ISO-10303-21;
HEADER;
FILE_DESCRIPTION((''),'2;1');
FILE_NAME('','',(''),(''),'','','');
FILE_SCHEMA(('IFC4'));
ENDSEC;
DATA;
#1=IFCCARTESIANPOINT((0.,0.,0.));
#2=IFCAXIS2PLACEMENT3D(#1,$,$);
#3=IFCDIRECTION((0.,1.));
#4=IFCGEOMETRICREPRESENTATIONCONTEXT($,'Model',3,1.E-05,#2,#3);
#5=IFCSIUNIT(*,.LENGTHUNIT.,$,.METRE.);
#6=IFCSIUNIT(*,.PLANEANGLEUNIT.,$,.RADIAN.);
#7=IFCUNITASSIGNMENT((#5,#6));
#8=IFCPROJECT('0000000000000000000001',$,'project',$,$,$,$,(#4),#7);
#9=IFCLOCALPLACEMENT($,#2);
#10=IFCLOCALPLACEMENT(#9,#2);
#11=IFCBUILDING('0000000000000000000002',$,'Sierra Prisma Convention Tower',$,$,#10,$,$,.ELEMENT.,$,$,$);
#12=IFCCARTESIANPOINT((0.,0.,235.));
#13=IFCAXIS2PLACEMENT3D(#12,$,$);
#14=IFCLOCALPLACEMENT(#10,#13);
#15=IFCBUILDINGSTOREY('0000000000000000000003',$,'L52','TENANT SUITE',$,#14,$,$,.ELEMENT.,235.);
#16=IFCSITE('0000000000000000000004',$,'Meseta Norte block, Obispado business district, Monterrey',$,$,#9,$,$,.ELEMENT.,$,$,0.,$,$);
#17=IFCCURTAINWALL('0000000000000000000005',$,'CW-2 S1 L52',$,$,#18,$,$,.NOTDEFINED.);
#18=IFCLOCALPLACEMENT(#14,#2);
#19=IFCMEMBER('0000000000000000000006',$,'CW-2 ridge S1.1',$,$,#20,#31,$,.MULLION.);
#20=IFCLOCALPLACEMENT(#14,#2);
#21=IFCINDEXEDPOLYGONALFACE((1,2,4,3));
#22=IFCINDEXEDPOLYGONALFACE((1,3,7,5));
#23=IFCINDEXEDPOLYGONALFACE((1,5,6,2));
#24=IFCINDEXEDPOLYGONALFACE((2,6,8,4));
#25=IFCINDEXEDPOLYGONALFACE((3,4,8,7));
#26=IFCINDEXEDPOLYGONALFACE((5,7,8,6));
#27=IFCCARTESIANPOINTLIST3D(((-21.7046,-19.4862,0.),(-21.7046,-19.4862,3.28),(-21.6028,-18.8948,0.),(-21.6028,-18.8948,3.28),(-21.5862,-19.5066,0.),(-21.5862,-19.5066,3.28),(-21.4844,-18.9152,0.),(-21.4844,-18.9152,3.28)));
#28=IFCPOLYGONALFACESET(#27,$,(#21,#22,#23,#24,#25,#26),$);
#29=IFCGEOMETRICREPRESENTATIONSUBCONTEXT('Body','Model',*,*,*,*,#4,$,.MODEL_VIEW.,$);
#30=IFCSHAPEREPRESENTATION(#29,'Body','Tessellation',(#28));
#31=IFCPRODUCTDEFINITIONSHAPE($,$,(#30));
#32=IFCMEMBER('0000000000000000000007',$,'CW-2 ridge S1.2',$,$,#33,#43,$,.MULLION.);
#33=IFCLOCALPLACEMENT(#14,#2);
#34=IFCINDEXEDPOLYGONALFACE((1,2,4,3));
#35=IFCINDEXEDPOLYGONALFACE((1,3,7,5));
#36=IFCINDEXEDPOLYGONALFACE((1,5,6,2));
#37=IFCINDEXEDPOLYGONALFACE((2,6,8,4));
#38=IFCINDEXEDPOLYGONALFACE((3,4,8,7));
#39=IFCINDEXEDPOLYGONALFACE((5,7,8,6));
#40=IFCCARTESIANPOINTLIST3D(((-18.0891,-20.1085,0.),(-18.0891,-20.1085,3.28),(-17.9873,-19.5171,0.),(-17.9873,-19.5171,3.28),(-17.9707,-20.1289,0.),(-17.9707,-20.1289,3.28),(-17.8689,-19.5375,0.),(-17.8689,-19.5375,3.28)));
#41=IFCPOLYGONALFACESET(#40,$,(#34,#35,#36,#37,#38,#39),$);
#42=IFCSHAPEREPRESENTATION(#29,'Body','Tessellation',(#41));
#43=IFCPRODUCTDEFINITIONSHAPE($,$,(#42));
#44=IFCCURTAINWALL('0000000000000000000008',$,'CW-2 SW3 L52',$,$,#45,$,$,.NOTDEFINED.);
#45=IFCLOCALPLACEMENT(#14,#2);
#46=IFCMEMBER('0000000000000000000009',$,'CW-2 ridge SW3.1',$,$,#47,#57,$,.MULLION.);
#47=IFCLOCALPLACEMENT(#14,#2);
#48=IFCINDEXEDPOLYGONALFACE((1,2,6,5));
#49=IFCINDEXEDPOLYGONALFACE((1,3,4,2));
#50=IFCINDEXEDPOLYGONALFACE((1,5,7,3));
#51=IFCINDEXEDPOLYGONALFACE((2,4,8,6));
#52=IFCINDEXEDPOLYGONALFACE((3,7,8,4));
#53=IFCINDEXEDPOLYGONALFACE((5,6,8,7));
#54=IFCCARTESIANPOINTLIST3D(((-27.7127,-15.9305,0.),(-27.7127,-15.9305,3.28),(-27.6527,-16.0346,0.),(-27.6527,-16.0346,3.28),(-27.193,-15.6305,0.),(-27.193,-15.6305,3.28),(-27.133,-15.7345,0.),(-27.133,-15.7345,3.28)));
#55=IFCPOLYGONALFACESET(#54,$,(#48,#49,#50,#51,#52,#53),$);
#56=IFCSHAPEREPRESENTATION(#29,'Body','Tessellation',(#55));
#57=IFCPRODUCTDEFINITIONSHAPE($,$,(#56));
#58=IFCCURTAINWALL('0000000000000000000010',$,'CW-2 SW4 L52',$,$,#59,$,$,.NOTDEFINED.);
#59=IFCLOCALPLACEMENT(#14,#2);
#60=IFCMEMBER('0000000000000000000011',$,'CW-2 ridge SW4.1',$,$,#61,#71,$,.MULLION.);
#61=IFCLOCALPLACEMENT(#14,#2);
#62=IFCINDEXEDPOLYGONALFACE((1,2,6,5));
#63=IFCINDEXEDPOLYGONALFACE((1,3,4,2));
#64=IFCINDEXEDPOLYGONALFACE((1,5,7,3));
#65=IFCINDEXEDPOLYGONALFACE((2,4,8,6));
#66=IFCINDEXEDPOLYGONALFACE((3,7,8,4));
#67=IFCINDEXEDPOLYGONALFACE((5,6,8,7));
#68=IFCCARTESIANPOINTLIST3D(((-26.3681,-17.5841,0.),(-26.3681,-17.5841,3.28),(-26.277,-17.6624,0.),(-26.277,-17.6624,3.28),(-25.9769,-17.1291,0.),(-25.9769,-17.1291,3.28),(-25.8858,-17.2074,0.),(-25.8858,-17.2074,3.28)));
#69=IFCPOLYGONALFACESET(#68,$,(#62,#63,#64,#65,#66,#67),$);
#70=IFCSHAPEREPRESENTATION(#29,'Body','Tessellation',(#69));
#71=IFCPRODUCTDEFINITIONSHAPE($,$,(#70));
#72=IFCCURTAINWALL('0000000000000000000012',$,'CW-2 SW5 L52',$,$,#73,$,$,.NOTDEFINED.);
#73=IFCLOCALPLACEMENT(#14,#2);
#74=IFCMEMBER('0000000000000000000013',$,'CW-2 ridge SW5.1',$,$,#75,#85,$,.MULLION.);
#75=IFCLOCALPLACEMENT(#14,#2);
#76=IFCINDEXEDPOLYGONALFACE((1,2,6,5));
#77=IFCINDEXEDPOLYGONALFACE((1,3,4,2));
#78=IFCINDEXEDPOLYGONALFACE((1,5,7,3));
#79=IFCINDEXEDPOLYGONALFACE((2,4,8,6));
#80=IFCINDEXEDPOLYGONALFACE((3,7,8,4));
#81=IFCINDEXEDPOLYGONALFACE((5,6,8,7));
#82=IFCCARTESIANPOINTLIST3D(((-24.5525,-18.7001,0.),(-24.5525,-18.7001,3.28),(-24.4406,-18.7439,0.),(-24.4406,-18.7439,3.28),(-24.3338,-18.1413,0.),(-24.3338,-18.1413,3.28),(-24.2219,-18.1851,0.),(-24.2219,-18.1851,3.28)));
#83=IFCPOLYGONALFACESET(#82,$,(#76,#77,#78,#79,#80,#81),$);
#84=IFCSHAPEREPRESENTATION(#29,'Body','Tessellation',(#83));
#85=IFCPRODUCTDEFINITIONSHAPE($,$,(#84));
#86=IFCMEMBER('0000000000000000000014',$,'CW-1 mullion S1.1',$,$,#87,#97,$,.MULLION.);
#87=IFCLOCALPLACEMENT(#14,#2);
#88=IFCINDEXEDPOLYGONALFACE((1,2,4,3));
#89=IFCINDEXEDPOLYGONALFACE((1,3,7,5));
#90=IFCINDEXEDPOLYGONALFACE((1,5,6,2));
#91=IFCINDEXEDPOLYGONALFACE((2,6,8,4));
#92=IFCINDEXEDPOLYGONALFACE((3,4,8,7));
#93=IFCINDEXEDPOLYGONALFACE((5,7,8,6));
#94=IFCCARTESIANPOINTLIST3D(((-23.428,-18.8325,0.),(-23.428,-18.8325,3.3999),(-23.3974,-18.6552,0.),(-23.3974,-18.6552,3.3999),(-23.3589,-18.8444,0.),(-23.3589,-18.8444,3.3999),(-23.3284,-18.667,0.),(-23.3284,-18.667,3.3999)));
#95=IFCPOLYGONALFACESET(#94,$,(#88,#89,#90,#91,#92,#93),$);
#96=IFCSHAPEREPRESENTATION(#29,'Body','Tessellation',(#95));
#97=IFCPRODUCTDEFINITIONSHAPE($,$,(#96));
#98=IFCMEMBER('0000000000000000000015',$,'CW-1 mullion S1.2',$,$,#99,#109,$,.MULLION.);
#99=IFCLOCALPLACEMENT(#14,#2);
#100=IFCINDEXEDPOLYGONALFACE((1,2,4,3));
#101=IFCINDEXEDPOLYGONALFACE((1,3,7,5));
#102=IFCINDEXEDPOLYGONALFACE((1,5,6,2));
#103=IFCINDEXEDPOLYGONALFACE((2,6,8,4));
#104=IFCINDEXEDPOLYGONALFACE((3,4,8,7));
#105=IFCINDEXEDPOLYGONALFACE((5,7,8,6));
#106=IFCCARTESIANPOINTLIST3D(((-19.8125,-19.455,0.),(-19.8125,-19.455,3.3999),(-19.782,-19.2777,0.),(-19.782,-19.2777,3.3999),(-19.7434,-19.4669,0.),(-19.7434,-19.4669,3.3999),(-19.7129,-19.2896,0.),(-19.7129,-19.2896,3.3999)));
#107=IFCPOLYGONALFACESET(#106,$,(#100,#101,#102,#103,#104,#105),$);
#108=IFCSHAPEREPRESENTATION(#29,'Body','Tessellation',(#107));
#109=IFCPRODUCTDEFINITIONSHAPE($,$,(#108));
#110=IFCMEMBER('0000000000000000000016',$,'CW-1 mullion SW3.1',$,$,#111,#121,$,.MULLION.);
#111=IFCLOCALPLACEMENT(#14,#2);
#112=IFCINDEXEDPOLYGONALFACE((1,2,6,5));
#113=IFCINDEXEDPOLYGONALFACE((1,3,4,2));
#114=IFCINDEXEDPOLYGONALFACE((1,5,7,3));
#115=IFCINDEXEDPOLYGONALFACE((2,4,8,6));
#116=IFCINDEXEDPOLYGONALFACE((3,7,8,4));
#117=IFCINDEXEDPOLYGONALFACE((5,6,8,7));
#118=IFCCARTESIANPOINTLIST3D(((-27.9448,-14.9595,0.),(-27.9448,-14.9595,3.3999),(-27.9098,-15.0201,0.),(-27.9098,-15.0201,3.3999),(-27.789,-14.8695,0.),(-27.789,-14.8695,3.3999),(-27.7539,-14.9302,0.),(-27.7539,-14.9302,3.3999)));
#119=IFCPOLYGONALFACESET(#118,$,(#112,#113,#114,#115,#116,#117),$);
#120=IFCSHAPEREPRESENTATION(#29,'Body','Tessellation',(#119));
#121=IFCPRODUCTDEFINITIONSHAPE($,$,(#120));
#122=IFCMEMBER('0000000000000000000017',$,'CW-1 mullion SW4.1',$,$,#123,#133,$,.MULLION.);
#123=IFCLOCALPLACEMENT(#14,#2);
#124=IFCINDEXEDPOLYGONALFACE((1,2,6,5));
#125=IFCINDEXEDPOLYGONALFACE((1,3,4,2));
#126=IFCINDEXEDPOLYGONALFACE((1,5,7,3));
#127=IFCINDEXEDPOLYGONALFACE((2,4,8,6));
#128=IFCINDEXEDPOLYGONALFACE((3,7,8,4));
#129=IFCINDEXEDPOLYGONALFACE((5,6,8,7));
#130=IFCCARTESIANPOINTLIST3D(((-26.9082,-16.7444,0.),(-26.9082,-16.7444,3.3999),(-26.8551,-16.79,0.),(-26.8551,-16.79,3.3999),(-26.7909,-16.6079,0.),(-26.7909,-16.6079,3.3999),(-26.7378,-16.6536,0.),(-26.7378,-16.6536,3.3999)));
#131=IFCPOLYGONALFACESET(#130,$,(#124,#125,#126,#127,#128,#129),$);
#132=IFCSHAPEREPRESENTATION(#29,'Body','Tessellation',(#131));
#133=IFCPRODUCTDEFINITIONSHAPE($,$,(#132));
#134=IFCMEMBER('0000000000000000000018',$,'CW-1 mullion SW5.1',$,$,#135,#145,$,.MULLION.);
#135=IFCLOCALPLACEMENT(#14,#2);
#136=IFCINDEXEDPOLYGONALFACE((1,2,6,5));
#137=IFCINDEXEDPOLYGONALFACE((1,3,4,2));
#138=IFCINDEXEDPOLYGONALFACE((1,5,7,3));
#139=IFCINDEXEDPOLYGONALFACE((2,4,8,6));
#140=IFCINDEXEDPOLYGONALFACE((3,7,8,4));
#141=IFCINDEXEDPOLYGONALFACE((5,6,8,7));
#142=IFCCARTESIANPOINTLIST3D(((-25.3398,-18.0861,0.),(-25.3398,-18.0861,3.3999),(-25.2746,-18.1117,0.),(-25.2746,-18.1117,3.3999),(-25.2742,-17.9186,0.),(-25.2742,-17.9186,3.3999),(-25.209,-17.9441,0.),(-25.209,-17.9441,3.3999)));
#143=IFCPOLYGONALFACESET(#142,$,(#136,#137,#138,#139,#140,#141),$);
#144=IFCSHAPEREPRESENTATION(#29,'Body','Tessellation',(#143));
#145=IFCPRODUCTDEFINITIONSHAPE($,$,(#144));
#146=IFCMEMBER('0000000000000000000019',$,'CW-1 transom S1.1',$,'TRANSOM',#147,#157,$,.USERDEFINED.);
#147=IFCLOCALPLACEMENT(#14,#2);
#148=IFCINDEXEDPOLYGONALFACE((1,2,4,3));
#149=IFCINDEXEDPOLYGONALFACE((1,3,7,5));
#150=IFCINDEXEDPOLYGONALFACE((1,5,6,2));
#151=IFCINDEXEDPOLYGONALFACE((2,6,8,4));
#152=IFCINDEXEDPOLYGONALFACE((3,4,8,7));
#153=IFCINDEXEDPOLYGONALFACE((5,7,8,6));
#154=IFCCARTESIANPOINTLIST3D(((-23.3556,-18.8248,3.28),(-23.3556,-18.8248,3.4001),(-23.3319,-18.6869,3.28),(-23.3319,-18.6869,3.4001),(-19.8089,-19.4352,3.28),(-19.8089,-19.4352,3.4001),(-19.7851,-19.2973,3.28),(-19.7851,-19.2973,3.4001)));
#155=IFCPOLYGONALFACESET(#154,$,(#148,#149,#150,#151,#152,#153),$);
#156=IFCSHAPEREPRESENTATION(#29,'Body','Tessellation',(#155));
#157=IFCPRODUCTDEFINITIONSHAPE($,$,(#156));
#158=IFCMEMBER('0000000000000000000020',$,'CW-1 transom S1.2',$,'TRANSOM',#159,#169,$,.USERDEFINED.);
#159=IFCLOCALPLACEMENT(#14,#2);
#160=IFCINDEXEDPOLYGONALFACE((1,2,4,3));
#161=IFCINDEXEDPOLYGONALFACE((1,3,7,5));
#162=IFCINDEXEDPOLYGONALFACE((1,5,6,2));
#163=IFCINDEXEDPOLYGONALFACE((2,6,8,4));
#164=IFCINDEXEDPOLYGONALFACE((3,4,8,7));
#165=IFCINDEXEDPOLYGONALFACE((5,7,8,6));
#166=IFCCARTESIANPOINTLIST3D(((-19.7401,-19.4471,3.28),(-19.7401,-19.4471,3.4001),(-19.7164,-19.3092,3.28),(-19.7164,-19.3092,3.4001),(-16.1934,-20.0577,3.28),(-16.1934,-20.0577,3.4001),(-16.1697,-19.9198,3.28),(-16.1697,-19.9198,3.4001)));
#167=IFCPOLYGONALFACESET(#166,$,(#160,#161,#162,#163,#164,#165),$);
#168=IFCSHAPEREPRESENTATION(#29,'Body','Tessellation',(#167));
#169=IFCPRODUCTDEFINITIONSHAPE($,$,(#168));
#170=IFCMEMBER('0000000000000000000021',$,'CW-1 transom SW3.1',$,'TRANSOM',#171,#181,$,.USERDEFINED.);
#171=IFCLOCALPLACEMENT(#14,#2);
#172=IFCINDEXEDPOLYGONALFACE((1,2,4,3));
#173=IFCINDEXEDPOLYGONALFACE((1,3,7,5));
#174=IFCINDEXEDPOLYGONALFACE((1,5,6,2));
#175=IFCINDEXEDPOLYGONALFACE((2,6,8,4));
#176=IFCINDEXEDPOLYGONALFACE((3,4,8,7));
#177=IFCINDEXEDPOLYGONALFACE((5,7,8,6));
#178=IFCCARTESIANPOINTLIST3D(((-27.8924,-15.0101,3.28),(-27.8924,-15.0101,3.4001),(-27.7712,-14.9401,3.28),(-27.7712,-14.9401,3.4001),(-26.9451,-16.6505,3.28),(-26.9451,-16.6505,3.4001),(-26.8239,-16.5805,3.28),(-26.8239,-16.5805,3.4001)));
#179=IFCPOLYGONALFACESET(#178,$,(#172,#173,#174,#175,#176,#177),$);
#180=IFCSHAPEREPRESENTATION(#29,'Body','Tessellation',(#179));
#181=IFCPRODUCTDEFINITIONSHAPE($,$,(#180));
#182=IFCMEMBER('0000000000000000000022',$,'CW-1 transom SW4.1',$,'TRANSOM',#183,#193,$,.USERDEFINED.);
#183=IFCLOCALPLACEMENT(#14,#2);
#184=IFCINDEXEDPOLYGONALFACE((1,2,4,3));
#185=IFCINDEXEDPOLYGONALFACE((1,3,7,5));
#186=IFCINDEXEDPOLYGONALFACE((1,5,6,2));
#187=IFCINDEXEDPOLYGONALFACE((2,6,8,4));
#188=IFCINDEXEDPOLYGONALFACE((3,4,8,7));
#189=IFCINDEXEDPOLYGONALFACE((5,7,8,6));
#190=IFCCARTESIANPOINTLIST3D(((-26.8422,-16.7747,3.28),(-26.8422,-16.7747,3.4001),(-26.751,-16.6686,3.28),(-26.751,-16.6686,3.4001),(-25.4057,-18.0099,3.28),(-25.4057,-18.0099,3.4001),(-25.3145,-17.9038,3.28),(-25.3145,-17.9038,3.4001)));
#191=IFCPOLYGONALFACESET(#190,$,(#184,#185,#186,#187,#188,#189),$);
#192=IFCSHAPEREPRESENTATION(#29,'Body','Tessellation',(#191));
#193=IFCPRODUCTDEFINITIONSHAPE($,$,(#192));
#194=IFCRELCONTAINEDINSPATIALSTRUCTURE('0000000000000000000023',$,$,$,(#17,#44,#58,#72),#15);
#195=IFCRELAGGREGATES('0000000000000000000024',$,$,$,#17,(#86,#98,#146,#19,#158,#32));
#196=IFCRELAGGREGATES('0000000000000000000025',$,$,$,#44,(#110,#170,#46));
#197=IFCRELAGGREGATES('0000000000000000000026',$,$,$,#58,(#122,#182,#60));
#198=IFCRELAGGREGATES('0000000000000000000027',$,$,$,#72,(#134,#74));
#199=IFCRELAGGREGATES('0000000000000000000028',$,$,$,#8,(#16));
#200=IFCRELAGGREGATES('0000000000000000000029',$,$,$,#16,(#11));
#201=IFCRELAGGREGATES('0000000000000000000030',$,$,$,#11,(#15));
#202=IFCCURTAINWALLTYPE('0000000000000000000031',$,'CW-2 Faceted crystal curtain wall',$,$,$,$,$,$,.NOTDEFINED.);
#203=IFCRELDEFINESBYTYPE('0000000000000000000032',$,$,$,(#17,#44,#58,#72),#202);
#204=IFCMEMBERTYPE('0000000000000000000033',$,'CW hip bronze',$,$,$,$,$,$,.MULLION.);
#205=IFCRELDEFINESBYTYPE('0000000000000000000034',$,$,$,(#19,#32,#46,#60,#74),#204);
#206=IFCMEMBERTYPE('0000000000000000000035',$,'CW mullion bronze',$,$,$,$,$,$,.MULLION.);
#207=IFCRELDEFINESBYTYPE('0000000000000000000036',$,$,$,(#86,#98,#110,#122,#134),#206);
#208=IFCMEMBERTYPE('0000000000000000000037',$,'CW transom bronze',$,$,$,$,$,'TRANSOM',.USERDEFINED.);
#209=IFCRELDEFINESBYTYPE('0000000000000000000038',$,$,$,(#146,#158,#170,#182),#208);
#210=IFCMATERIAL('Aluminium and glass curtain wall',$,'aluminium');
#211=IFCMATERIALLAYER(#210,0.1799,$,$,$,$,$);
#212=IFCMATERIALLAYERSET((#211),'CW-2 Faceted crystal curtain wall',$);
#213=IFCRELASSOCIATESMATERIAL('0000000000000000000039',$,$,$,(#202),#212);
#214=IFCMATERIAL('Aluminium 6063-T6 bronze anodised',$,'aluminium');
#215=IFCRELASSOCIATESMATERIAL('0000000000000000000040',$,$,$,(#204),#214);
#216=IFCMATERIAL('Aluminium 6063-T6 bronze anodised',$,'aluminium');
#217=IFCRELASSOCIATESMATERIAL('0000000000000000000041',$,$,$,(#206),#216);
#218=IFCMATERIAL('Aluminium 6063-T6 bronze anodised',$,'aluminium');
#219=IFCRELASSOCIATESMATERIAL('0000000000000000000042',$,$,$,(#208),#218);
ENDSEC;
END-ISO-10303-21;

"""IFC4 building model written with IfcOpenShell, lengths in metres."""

from ifc_helpers import new_model, si_unit, direction, frame, origin, origin_2d, place, context, subcontext, project, spatial, rectangle, extrude, material, layer, layer_set, material_profile, profile_set, type_object, element, aggregate, save


model = new_model("IFC4")

# Units and contexts
model_context = context("Model", 3, precision=1e-05, world=origin(), true_north=direction((0.0, 1.0)))
body_context = subcontext(model_context, "Body", "Model", "MODEL_VIEW")
ifc_project = project(units=[si_unit("LENGTHUNIT", "METRE"), si_unit("PLANEANGLEUNIT", "RADIAN")], contexts=[model_context])

# Site, building, storey
site_placement = place(None, origin())
site = spatial("IfcSite", under=ifc_project, at=site_placement, Name="Meseta Norte block, Obispado business district, Monterrey", CompositionType="ELEMENT", RefElevation=0.0)
building_placement = place(site_placement, origin())
building = spatial("IfcBuilding", under=site, at=building_placement, Name="Sierra Prisma Convention Tower", CompositionType="ELEMENT")
storey_placement = place(building_placement, frame((0.0, 0.0, 235.0)))
storey = spatial("IfcBuildingStorey", under=building, at=storey_placement, Name="L52", Description="TENANT SUITE", CompositionType="ELEMENT", Elevation=235.0)

# Curtain wall, members
ifc_material_1 = material(Name="Aluminium and glass curtain wall", Category="aluminium")
ifc_layer_1 = layer(ifc_material_1, 0.1799)
ifc_layer_set_1 = layer_set([ifc_layer_1], Name="CW-2 Faceted crystal curtain wall")
curtain_wall_type = type_object("IfcCurtainWallType", Name="CW-2 Faceted crystal curtain wall", PredefinedType="NOTDEFINED", material=ifc_layer_set_1)
curtain_wall_1_placement = place(storey_placement, origin())
curtain_wall_1 = element("IfcCurtainWall", 1, at=curtain_wall_1_placement, inside=storey, type_object=curtain_wall_type, Name="CW-2 S1 L52", PredefinedType="NOTDEFINED")
ifc_material_2 = material(Name="Aluminium 6063-T6 bronze anodised", Category="aluminium")
ifc_material_profile_1 = material_profile(ifc_material_2, rectangle(XDim=0.1201, YDim=0.6001, at=origin_2d()), Name="ALU RIDGE BLADE 120x600")
ifc_profile_set_1 = profile_set([ifc_material_profile_1], Name="Aluminium 6063-T6 bronze anodised")
member_type_1 = type_object("IfcMemberType", Name="CW hip bronze", PredefinedType="MULLION", material=ifc_profile_set_1)
member_1_placement = place(storey_placement, frame((-21.5945, -19.2007, 0.0), z_axis=(0.0, 0.0, 1.0), x_axis=(0.985504, -0.169655, 0.0)))
member_1 = element("IfcMember", 2, at=member_1_placement, type_object=member_type_1, Name="CW-2 ridge S1.1", PredefinedType="MULLION", context=body_context, shape_type="SweptSolid", body=[
    extrude(rectangle(XDim=0.1201, YDim=0.6001, at=origin_2d()), origin(), (0.0, 0.0, 1.0), 3.28),
])
member_2_placement = place(storey_placement, frame((-17.979, -19.823, 0.0), z_axis=(0.0, 0.0, 1.0), x_axis=(0.985504, -0.169655, 0.0)))
member_2 = element("IfcMember", 3, at=member_2_placement, type_object=member_type_1, Name="CW-2 ridge S1.2", PredefinedType="MULLION", context=body_context, shape_type="SweptSolid", body=[
    extrude(rectangle(XDim=0.1201, YDim=0.6001, at=origin_2d()), origin(), (0.0, 0.0, 1.0), 3.28),
])

# Curtain walls, members
curtain_wall_2_placement = place(storey_placement, origin())
curtain_wall_2 = element("IfcCurtainWall", 4, at=curtain_wall_2_placement, inside=storey, type_object=curtain_wall_type, Name="CW-2 SW3 L52", PredefinedType="NOTDEFINED")
member_3_placement = place(storey_placement, frame((-27.4229, -15.8325, 0.0), z_axis=(0.0, 0.0, 1.0), x_axis=(0.5, -0.866025, 0.0)))
member_3 = element("IfcMember", 5, at=member_3_placement, type_object=member_type_1, Name="CW-2 ridge SW3.1", PredefinedType="MULLION", context=body_context, shape_type="SweptSolid", body=[
    extrude(rectangle(XDim=0.1201, YDim=0.6001, at=origin_2d()), origin(), (0.0, 0.0, 1.0), 3.28),
])
curtain_wall_3_placement = place(storey_placement, origin())
curtain_wall_3 = element("IfcCurtainWall", 6, at=curtain_wall_3_placement, inside=storey, type_object=curtain_wall_type, Name="CW-2 SW4 L52", PredefinedType="NOTDEFINED")
member_4_placement = place(storey_placement, frame((-26.127, -17.3958, 0.0), z_axis=(0.0, 0.0, 1.0), x_axis=(0.758265, -0.651947, 0.0)))
member_4 = element("IfcMember", 7, at=member_4_placement, type_object=member_type_1, Name="CW-2 ridge SW4.1", PredefinedType="MULLION", context=body_context, shape_type="SweptSolid", body=[
    extrude(rectangle(XDim=0.1201, YDim=0.6001, at=origin_2d()), origin(), (0.0, 0.0, 1.0), 3.28),
])
curtain_wall_4_placement = place(storey_placement, origin())
curtain_wall_4 = element("IfcCurtainWall", 8, at=curtain_wall_4_placement, inside=storey, type_object=curtain_wall_type, Name="CW-2 SW5 L52", PredefinedType="NOTDEFINED")
member_5_placement = place(storey_placement, frame((-24.3872, -18.4426, 0.0), z_axis=(0.0, 0.0, 1.0), x_axis=(0.931202, -0.364504, 0.0)))
member_5 = element("IfcMember", 9, at=member_5_placement, type_object=member_type_1, Name="CW-2 ridge SW5.1", PredefinedType="MULLION", context=body_context, shape_type="SweptSolid", body=[
    extrude(rectangle(XDim=0.1201, YDim=0.6001, at=origin_2d()), origin(), (0.0, 0.0, 1.0), 3.28),
])

# Members
ifc_material_3 = material(Name="Aluminium 6063-T6 bronze anodised", Category="aluminium")
ifc_material_profile_2 = material_profile(ifc_material_3, rectangle(XDim=0.1799, YDim=0.0701, at=origin_2d()), Name="ALU MULLION 70x180")
ifc_profile_set_2 = profile_set([ifc_material_profile_2], Name="Aluminium 6063-T6 bronze anodised")
member_type_2 = type_object("IfcMemberType", Name="CW mullion bronze", PredefinedType="MULLION", material=ifc_profile_set_2)
member_6_placement = place(storey_placement, frame((-23.3782, -18.7498, 0.0), z_axis=(0.0, 0.0, 1.0), x_axis=(0.169655, 0.985504, 0.0)))
member_6 = element("IfcMember", 10, at=member_6_placement, type_object=member_type_2, Name="CW-1 mullion S1.1", PredefinedType="MULLION", context=body_context, shape_type="SweptSolid", body=[
    extrude(rectangle(XDim=0.1799, YDim=0.0701, at=origin_2d()), origin(), (0.0, 0.0, 1.0), 3.3999),
])
member_7_placement = place(storey_placement, frame((-19.7627, -19.3723, 0.0), z_axis=(0.0, 0.0, 1.0), x_axis=(0.169655, 0.985504, 0.0)))
member_7 = element("IfcMember", 11, at=member_7_placement, type_object=member_type_2, Name="CW-1 mullion S1.2", PredefinedType="MULLION", context=body_context, shape_type="SweptSolid", body=[
    extrude(rectangle(XDim=0.1799, YDim=0.0701, at=origin_2d()), origin(), (0.0, 0.0, 1.0), 3.3999),
])
member_8_placement = place(storey_placement, frame((-27.8494, -14.9448, 0.0), z_axis=(0.0, 0.0, 1.0), x_axis=(0.866025, 0.5, 0.0)))
member_8 = element("IfcMember", 12, at=member_8_placement, type_object=member_type_2, Name="CW-1 mullion SW3.1", PredefinedType="MULLION", context=body_context, shape_type="SweptSolid", body=[
    extrude(rectangle(XDim=0.1799, YDim=0.0701, at=origin_2d()), origin(), (0.0, 0.0, 1.0), 3.3999),
])
member_9_placement = place(storey_placement, frame((-26.823, -16.699, 0.0), z_axis=(0.0, 0.0, 1.0), x_axis=(0.651947, 0.758265, 0.0)))
member_9 = element("IfcMember", 13, at=member_9_placement, type_object=member_type_2, Name="CW-1 mullion SW4.1", PredefinedType="MULLION", context=body_context, shape_type="SweptSolid", body=[
    extrude(rectangle(XDim=0.1799, YDim=0.0701, at=origin_2d()), origin(), (0.0, 0.0, 1.0), 3.3999),
])
member_10_placement = place(storey_placement, frame((-25.2744, -18.0151, 0.0), z_axis=(0.0, 0.0, 1.0), x_axis=(0.364504, 0.931202, 0.0)))
member_10 = element("IfcMember", 14, at=member_10_placement, type_object=member_type_2, Name="CW-1 mullion SW5.1", PredefinedType="MULLION", context=body_context, shape_type="SweptSolid", body=[
    extrude(rectangle(XDim=0.1799, YDim=0.0701, at=origin_2d()), origin(), (0.0, 0.0, 1.0), 3.3999),
])
ifc_material_4 = material(Name="Aluminium 6063-T6 bronze anodised", Category="aluminium")
ifc_material_profile_3 = material_profile(ifc_material_4, rectangle(XDim=0.1399, YDim=0.1201, at=origin_2d()), Name="ALU TRANSOM 120x140")
ifc_profile_set_3 = profile_set([ifc_material_profile_3], Name="Aluminium 6063-T6 bronze anodised")
member_type_3 = type_object("IfcMemberType", Name="CW transom bronze", ElementType="TRANSOM", PredefinedType="USERDEFINED", material=ifc_profile_set_3)
member_11_placement = place(storey_placement, frame((-23.3438, -18.7559, 3.3401), z_axis=(0.985513, -0.1696, 0.0), x_axis=(0.1696, 0.985513, 0.0)))
member_11 = element("IfcMember", 15, at=member_11_placement, type_object=member_type_3, Name="CW-1 transom S1.1", ObjectType="TRANSOM", PredefinedType="USERDEFINED", context=body_context, shape_type="SweptSolid", body=[
    extrude(rectangle(XDim=0.1399, YDim=0.1201, at=origin_2d()), origin(), (0.0, 0.0, 1.0), 3.5989),
])
member_12_placement = place(storey_placement, frame((-19.7283, -19.3782, 3.3401), z_axis=(0.985502, -0.169666, 0.0), x_axis=(0.169666, 0.985502, 0.0)))
member_12 = element("IfcMember", 16, at=member_12_placement, type_object=member_type_3, Name="CW-1 transom S1.2", ObjectType="TRANSOM", PredefinedType="USERDEFINED", context=body_context, shape_type="SweptSolid", body=[
    extrude(rectangle(XDim=0.1399, YDim=0.1201, at=origin_2d()), origin(), (0.0, 0.0, 1.0), 3.5989),
])
member_13_placement = place(storey_placement, frame((-27.8318, -14.9751, 3.3401), z_axis=(0.500076, -0.865982, 0.0), x_axis=(0.865982, 0.500076, 0.0)))
member_13 = element("IfcMember", 17, at=member_13_placement, type_object=member_type_3, Name="CW-1 transom SW3.1", ObjectType="TRANSOM", PredefinedType="USERDEFINED", context=body_context, shape_type="SweptSolid", body=[
    extrude(rectangle(XDim=0.1399, YDim=0.1201, at=origin_2d()), origin(), (0.0, 0.0, 1.0), 1.8943),
])
member_14_placement = place(storey_placement, frame((-26.7966, -16.7217, 3.3401), z_axis=(0.758264, -0.651947, 0.0), x_axis=(0.651947, 0.758264, 0.0)))
member_14 = element("IfcMember", 18, at=member_14_placement, type_object=member_type_3, Name="CW-1 transom SW4.1", ObjectType="TRANSOM", PredefinedType="USERDEFINED", context=body_context, shape_type="SweptSolid", body=[
    extrude(rectangle(XDim=0.1399, YDim=0.1201, at=origin_2d()), origin(), (0.0, 0.0, 1.0), 1.8945),
])

aggregate(curtain_wall_1, [member_6, member_7, member_11, member_1, member_12, member_2])

aggregate(curtain_wall_2, [member_8, member_13, member_3])
aggregate(curtain_wall_3, [member_9, member_14, member_4])
aggregate(curtain_wall_4, [member_10, member_5])

save(model, "model.ifc")
